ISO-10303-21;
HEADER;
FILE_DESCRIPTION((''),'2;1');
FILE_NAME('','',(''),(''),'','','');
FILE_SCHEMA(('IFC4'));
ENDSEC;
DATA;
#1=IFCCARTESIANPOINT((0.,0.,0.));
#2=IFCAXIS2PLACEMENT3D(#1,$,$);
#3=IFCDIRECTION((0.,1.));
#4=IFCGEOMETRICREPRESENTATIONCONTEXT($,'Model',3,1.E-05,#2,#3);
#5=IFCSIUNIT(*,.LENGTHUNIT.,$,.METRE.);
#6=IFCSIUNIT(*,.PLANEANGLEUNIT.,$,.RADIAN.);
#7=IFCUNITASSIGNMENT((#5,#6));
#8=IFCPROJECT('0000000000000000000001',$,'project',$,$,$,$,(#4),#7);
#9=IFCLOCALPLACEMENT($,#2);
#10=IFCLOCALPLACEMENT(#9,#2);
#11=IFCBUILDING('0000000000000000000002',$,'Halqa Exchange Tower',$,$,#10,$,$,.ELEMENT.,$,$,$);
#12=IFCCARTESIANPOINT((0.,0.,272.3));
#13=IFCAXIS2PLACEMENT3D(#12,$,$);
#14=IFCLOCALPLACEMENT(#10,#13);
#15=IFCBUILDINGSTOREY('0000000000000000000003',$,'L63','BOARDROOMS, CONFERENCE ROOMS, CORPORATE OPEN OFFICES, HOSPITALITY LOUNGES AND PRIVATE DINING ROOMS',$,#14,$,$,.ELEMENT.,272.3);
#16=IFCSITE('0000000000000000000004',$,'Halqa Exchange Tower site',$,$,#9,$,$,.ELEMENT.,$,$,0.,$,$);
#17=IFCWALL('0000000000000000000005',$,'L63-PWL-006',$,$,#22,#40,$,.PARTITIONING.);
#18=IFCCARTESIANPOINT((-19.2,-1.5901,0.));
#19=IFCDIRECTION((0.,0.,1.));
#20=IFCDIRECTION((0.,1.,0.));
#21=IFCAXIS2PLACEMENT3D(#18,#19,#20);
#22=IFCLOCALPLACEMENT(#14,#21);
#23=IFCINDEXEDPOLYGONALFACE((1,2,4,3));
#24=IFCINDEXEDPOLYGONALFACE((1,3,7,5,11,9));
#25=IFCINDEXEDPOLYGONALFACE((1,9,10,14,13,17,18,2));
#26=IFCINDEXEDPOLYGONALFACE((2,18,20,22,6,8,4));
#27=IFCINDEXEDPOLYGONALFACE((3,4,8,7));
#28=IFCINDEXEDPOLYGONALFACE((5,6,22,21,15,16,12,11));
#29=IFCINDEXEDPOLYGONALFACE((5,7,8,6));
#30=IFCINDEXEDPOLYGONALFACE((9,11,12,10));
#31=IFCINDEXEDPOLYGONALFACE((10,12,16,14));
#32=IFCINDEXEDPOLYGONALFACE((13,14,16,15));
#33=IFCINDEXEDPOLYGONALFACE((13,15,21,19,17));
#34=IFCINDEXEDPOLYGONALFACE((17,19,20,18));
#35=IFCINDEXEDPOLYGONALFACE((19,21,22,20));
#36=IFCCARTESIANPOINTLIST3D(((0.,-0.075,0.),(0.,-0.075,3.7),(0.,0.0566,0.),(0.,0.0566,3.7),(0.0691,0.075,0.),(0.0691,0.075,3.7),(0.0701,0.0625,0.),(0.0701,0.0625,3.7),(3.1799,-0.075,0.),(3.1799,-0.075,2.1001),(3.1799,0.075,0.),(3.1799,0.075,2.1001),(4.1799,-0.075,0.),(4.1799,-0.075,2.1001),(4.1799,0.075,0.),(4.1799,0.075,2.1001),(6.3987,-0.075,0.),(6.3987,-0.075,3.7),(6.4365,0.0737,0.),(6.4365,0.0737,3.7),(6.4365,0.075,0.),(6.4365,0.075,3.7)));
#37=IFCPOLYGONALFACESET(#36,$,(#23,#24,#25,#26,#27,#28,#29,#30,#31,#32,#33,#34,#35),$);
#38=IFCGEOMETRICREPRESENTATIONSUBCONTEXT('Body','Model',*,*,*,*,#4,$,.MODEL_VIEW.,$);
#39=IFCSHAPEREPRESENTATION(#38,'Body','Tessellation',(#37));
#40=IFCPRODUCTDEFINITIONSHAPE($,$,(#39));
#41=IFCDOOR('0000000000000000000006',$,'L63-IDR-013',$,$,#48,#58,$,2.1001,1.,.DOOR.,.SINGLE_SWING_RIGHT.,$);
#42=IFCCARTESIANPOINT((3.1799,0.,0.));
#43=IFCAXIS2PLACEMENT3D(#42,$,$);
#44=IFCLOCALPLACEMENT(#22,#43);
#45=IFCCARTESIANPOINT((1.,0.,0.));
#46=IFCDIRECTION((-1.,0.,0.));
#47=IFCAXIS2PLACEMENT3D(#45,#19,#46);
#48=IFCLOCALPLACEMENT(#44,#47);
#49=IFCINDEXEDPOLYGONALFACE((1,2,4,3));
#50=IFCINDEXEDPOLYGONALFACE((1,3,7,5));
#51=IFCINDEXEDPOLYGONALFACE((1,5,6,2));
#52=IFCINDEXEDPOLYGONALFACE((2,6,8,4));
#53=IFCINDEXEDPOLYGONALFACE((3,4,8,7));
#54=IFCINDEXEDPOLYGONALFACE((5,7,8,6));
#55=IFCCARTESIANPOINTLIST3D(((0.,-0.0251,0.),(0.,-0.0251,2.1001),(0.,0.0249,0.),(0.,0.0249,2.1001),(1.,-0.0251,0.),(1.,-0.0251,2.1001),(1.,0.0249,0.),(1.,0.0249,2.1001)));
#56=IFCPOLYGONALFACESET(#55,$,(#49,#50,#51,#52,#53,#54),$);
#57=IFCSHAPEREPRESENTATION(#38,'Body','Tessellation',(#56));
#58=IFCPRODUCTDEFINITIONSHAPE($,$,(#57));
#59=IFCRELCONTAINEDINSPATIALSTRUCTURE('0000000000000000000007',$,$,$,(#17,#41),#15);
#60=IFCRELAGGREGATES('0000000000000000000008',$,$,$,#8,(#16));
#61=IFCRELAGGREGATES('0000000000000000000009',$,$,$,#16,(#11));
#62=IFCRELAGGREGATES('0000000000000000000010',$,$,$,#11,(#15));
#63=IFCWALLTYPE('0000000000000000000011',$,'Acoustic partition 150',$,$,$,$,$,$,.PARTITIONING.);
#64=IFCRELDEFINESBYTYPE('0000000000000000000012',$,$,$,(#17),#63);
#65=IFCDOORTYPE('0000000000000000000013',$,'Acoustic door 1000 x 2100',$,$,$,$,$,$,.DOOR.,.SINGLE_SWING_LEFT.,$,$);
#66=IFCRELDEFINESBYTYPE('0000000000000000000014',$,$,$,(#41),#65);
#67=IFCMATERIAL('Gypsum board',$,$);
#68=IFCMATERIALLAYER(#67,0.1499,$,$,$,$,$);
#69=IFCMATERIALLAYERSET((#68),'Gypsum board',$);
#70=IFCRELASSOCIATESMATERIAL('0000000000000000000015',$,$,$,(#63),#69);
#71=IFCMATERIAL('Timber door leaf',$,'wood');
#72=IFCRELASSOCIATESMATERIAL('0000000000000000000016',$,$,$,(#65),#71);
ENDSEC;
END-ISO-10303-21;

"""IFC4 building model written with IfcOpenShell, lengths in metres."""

from ifc_helpers import new_model, si_unit, direction, frame, frame_2d, origin, place, context, subcontext, project, spatial, polyline, rectangle, outline, extrude, material, layer, layer_set, type_object, element, fill, save


model = new_model("IFC4")

# Units and contexts
model_context = context("Model", 3, precision=1e-05, world=origin(), true_north=direction((0.0, 1.0)))
body_context = subcontext(model_context, "Body", "Model", "MODEL_VIEW")
ifc_project = project(units=[si_unit("LENGTHUNIT", "METRE"), si_unit("PLANEANGLEUNIT", "RADIAN")], contexts=[model_context])

# Site, building, storey
site_placement = place(None, origin())
site = spatial("IfcSite", under=ifc_project, at=site_placement, Name="Halqa Exchange Tower site", CompositionType="ELEMENT", RefElevation=0.0)
building_placement = place(site_placement, origin())
building = spatial("IfcBuilding", under=site, at=building_placement, Name="Halqa Exchange Tower", CompositionType="ELEMENT")
storey_placement = place(building_placement, frame((0.0, 0.0, 272.3)))
storey = spatial("IfcBuildingStorey", under=building, at=storey_placement, Name="L63", Description="BOARDROOMS, CONFERENCE ROOMS, CORPORATE OPEN OFFICES, HOSPITALITY LOUNGES AND PRIVATE DINING ROOMS", CompositionType="ELEMENT", Elevation=272.3)

# Wall, opening, door
ifc_material_1 = material(Name="Gypsum board")
ifc_layer_1 = layer(ifc_material_1, 0.1499)
ifc_layer_set_1 = layer_set([ifc_layer_1], Name="Gypsum board")
wall_type_1 = type_object("IfcWallType", Name="Acoustic partition 150", PredefinedType="PARTITIONING", material=ifc_layer_set_1)
ifc_material_2 = material(Name="Timber door leaf", Category="wood")
door_type_1 = type_object("IfcDoorType", Name="Acoustic door 1000 x 2100", OperationType="SINGLE_SWING_LEFT", PredefinedType="DOOR", material=ifc_material_2)
wall_1_placement = place(storey_placement, frame((-19.2, -1.5901, 0.0), z_axis=(0.0, 0.0, 1.0), x_axis=(0.0, 1.0, 0.0)))
wall_1 = element("IfcWall", 1, at=wall_1_placement, inside=storey, type_object=wall_type_1, Name="L63-PWL-006", PredefinedType="PARTITIONING", context=body_context, shape_type="SweptSolid", body=[
    extrude(outline(polyline([(0.0, -0.075), (0.8101, -0.075), (0.9102, -0.075), (2.7395, -0.075), (4.5691, -0.075), (6.3987, -0.075), (6.4365, 0.0737), (6.4365, 0.075), (4.8447, 0.075), (3.2527, 0.075), (1.6609, 0.075), (0.0691, 0.075), (0.0701, 0.0625), (0.0, 0.0566), (0.0, 0.05), (0.0, 0.05), (0.0, -0.05), (0.0, -0.05), (0.0, -0.075)])), origin(), (0.0, 0.0, 1.0), 3.7),
])
opening_1_placement = place(wall_1_placement, frame((3.1799, 0.0, 0.0)))
opening_1 = element("IfcOpeningElement", 2, at=opening_1_placement, cuts=wall_1, PredefinedType="OPENING", context=body_context, shape_type="SweptSolid", body=[
    extrude(rectangle(XDim=1.0, YDim=2.1001, at=frame_2d((0.5, 1.05))), frame((0.0, 0.0869, 0.0), z_axis=(0.0, -1.0, 0.0), x_axis=(1.0, 0.0, 0.0)), (0.0, 0.0, 1.0), 0.1738),
])
door_1_placement = place(opening_1_placement, frame((1.0, 0.0, 0.0), z_axis=(0.0, 0.0, 1.0), x_axis=(-1.0, 0.0, 0.0)))
door_1 = element("IfcDoor", 3, at=door_1_placement, inside=storey, type_object=door_type_1, Name="L63-IDR-013", OperationType="SINGLE_SWING_RIGHT", OverallHeight=2.1001, OverallWidth=1.0, PredefinedType="DOOR", context=body_context, shape_type="SweptSolid", body=[
    extrude(rectangle(XDim=1.0, YDim=2.1001, at=frame_2d((0.5, 1.05))), frame((0.0, 0.0249, 0.0), z_axis=(0.0, -1.0, 0.0), x_axis=(1.0, 0.0, 0.0)), (0.0, 0.0, 1.0), 0.05),
])
fill(opening_1, door_1)

save(model, "model.ifc")
